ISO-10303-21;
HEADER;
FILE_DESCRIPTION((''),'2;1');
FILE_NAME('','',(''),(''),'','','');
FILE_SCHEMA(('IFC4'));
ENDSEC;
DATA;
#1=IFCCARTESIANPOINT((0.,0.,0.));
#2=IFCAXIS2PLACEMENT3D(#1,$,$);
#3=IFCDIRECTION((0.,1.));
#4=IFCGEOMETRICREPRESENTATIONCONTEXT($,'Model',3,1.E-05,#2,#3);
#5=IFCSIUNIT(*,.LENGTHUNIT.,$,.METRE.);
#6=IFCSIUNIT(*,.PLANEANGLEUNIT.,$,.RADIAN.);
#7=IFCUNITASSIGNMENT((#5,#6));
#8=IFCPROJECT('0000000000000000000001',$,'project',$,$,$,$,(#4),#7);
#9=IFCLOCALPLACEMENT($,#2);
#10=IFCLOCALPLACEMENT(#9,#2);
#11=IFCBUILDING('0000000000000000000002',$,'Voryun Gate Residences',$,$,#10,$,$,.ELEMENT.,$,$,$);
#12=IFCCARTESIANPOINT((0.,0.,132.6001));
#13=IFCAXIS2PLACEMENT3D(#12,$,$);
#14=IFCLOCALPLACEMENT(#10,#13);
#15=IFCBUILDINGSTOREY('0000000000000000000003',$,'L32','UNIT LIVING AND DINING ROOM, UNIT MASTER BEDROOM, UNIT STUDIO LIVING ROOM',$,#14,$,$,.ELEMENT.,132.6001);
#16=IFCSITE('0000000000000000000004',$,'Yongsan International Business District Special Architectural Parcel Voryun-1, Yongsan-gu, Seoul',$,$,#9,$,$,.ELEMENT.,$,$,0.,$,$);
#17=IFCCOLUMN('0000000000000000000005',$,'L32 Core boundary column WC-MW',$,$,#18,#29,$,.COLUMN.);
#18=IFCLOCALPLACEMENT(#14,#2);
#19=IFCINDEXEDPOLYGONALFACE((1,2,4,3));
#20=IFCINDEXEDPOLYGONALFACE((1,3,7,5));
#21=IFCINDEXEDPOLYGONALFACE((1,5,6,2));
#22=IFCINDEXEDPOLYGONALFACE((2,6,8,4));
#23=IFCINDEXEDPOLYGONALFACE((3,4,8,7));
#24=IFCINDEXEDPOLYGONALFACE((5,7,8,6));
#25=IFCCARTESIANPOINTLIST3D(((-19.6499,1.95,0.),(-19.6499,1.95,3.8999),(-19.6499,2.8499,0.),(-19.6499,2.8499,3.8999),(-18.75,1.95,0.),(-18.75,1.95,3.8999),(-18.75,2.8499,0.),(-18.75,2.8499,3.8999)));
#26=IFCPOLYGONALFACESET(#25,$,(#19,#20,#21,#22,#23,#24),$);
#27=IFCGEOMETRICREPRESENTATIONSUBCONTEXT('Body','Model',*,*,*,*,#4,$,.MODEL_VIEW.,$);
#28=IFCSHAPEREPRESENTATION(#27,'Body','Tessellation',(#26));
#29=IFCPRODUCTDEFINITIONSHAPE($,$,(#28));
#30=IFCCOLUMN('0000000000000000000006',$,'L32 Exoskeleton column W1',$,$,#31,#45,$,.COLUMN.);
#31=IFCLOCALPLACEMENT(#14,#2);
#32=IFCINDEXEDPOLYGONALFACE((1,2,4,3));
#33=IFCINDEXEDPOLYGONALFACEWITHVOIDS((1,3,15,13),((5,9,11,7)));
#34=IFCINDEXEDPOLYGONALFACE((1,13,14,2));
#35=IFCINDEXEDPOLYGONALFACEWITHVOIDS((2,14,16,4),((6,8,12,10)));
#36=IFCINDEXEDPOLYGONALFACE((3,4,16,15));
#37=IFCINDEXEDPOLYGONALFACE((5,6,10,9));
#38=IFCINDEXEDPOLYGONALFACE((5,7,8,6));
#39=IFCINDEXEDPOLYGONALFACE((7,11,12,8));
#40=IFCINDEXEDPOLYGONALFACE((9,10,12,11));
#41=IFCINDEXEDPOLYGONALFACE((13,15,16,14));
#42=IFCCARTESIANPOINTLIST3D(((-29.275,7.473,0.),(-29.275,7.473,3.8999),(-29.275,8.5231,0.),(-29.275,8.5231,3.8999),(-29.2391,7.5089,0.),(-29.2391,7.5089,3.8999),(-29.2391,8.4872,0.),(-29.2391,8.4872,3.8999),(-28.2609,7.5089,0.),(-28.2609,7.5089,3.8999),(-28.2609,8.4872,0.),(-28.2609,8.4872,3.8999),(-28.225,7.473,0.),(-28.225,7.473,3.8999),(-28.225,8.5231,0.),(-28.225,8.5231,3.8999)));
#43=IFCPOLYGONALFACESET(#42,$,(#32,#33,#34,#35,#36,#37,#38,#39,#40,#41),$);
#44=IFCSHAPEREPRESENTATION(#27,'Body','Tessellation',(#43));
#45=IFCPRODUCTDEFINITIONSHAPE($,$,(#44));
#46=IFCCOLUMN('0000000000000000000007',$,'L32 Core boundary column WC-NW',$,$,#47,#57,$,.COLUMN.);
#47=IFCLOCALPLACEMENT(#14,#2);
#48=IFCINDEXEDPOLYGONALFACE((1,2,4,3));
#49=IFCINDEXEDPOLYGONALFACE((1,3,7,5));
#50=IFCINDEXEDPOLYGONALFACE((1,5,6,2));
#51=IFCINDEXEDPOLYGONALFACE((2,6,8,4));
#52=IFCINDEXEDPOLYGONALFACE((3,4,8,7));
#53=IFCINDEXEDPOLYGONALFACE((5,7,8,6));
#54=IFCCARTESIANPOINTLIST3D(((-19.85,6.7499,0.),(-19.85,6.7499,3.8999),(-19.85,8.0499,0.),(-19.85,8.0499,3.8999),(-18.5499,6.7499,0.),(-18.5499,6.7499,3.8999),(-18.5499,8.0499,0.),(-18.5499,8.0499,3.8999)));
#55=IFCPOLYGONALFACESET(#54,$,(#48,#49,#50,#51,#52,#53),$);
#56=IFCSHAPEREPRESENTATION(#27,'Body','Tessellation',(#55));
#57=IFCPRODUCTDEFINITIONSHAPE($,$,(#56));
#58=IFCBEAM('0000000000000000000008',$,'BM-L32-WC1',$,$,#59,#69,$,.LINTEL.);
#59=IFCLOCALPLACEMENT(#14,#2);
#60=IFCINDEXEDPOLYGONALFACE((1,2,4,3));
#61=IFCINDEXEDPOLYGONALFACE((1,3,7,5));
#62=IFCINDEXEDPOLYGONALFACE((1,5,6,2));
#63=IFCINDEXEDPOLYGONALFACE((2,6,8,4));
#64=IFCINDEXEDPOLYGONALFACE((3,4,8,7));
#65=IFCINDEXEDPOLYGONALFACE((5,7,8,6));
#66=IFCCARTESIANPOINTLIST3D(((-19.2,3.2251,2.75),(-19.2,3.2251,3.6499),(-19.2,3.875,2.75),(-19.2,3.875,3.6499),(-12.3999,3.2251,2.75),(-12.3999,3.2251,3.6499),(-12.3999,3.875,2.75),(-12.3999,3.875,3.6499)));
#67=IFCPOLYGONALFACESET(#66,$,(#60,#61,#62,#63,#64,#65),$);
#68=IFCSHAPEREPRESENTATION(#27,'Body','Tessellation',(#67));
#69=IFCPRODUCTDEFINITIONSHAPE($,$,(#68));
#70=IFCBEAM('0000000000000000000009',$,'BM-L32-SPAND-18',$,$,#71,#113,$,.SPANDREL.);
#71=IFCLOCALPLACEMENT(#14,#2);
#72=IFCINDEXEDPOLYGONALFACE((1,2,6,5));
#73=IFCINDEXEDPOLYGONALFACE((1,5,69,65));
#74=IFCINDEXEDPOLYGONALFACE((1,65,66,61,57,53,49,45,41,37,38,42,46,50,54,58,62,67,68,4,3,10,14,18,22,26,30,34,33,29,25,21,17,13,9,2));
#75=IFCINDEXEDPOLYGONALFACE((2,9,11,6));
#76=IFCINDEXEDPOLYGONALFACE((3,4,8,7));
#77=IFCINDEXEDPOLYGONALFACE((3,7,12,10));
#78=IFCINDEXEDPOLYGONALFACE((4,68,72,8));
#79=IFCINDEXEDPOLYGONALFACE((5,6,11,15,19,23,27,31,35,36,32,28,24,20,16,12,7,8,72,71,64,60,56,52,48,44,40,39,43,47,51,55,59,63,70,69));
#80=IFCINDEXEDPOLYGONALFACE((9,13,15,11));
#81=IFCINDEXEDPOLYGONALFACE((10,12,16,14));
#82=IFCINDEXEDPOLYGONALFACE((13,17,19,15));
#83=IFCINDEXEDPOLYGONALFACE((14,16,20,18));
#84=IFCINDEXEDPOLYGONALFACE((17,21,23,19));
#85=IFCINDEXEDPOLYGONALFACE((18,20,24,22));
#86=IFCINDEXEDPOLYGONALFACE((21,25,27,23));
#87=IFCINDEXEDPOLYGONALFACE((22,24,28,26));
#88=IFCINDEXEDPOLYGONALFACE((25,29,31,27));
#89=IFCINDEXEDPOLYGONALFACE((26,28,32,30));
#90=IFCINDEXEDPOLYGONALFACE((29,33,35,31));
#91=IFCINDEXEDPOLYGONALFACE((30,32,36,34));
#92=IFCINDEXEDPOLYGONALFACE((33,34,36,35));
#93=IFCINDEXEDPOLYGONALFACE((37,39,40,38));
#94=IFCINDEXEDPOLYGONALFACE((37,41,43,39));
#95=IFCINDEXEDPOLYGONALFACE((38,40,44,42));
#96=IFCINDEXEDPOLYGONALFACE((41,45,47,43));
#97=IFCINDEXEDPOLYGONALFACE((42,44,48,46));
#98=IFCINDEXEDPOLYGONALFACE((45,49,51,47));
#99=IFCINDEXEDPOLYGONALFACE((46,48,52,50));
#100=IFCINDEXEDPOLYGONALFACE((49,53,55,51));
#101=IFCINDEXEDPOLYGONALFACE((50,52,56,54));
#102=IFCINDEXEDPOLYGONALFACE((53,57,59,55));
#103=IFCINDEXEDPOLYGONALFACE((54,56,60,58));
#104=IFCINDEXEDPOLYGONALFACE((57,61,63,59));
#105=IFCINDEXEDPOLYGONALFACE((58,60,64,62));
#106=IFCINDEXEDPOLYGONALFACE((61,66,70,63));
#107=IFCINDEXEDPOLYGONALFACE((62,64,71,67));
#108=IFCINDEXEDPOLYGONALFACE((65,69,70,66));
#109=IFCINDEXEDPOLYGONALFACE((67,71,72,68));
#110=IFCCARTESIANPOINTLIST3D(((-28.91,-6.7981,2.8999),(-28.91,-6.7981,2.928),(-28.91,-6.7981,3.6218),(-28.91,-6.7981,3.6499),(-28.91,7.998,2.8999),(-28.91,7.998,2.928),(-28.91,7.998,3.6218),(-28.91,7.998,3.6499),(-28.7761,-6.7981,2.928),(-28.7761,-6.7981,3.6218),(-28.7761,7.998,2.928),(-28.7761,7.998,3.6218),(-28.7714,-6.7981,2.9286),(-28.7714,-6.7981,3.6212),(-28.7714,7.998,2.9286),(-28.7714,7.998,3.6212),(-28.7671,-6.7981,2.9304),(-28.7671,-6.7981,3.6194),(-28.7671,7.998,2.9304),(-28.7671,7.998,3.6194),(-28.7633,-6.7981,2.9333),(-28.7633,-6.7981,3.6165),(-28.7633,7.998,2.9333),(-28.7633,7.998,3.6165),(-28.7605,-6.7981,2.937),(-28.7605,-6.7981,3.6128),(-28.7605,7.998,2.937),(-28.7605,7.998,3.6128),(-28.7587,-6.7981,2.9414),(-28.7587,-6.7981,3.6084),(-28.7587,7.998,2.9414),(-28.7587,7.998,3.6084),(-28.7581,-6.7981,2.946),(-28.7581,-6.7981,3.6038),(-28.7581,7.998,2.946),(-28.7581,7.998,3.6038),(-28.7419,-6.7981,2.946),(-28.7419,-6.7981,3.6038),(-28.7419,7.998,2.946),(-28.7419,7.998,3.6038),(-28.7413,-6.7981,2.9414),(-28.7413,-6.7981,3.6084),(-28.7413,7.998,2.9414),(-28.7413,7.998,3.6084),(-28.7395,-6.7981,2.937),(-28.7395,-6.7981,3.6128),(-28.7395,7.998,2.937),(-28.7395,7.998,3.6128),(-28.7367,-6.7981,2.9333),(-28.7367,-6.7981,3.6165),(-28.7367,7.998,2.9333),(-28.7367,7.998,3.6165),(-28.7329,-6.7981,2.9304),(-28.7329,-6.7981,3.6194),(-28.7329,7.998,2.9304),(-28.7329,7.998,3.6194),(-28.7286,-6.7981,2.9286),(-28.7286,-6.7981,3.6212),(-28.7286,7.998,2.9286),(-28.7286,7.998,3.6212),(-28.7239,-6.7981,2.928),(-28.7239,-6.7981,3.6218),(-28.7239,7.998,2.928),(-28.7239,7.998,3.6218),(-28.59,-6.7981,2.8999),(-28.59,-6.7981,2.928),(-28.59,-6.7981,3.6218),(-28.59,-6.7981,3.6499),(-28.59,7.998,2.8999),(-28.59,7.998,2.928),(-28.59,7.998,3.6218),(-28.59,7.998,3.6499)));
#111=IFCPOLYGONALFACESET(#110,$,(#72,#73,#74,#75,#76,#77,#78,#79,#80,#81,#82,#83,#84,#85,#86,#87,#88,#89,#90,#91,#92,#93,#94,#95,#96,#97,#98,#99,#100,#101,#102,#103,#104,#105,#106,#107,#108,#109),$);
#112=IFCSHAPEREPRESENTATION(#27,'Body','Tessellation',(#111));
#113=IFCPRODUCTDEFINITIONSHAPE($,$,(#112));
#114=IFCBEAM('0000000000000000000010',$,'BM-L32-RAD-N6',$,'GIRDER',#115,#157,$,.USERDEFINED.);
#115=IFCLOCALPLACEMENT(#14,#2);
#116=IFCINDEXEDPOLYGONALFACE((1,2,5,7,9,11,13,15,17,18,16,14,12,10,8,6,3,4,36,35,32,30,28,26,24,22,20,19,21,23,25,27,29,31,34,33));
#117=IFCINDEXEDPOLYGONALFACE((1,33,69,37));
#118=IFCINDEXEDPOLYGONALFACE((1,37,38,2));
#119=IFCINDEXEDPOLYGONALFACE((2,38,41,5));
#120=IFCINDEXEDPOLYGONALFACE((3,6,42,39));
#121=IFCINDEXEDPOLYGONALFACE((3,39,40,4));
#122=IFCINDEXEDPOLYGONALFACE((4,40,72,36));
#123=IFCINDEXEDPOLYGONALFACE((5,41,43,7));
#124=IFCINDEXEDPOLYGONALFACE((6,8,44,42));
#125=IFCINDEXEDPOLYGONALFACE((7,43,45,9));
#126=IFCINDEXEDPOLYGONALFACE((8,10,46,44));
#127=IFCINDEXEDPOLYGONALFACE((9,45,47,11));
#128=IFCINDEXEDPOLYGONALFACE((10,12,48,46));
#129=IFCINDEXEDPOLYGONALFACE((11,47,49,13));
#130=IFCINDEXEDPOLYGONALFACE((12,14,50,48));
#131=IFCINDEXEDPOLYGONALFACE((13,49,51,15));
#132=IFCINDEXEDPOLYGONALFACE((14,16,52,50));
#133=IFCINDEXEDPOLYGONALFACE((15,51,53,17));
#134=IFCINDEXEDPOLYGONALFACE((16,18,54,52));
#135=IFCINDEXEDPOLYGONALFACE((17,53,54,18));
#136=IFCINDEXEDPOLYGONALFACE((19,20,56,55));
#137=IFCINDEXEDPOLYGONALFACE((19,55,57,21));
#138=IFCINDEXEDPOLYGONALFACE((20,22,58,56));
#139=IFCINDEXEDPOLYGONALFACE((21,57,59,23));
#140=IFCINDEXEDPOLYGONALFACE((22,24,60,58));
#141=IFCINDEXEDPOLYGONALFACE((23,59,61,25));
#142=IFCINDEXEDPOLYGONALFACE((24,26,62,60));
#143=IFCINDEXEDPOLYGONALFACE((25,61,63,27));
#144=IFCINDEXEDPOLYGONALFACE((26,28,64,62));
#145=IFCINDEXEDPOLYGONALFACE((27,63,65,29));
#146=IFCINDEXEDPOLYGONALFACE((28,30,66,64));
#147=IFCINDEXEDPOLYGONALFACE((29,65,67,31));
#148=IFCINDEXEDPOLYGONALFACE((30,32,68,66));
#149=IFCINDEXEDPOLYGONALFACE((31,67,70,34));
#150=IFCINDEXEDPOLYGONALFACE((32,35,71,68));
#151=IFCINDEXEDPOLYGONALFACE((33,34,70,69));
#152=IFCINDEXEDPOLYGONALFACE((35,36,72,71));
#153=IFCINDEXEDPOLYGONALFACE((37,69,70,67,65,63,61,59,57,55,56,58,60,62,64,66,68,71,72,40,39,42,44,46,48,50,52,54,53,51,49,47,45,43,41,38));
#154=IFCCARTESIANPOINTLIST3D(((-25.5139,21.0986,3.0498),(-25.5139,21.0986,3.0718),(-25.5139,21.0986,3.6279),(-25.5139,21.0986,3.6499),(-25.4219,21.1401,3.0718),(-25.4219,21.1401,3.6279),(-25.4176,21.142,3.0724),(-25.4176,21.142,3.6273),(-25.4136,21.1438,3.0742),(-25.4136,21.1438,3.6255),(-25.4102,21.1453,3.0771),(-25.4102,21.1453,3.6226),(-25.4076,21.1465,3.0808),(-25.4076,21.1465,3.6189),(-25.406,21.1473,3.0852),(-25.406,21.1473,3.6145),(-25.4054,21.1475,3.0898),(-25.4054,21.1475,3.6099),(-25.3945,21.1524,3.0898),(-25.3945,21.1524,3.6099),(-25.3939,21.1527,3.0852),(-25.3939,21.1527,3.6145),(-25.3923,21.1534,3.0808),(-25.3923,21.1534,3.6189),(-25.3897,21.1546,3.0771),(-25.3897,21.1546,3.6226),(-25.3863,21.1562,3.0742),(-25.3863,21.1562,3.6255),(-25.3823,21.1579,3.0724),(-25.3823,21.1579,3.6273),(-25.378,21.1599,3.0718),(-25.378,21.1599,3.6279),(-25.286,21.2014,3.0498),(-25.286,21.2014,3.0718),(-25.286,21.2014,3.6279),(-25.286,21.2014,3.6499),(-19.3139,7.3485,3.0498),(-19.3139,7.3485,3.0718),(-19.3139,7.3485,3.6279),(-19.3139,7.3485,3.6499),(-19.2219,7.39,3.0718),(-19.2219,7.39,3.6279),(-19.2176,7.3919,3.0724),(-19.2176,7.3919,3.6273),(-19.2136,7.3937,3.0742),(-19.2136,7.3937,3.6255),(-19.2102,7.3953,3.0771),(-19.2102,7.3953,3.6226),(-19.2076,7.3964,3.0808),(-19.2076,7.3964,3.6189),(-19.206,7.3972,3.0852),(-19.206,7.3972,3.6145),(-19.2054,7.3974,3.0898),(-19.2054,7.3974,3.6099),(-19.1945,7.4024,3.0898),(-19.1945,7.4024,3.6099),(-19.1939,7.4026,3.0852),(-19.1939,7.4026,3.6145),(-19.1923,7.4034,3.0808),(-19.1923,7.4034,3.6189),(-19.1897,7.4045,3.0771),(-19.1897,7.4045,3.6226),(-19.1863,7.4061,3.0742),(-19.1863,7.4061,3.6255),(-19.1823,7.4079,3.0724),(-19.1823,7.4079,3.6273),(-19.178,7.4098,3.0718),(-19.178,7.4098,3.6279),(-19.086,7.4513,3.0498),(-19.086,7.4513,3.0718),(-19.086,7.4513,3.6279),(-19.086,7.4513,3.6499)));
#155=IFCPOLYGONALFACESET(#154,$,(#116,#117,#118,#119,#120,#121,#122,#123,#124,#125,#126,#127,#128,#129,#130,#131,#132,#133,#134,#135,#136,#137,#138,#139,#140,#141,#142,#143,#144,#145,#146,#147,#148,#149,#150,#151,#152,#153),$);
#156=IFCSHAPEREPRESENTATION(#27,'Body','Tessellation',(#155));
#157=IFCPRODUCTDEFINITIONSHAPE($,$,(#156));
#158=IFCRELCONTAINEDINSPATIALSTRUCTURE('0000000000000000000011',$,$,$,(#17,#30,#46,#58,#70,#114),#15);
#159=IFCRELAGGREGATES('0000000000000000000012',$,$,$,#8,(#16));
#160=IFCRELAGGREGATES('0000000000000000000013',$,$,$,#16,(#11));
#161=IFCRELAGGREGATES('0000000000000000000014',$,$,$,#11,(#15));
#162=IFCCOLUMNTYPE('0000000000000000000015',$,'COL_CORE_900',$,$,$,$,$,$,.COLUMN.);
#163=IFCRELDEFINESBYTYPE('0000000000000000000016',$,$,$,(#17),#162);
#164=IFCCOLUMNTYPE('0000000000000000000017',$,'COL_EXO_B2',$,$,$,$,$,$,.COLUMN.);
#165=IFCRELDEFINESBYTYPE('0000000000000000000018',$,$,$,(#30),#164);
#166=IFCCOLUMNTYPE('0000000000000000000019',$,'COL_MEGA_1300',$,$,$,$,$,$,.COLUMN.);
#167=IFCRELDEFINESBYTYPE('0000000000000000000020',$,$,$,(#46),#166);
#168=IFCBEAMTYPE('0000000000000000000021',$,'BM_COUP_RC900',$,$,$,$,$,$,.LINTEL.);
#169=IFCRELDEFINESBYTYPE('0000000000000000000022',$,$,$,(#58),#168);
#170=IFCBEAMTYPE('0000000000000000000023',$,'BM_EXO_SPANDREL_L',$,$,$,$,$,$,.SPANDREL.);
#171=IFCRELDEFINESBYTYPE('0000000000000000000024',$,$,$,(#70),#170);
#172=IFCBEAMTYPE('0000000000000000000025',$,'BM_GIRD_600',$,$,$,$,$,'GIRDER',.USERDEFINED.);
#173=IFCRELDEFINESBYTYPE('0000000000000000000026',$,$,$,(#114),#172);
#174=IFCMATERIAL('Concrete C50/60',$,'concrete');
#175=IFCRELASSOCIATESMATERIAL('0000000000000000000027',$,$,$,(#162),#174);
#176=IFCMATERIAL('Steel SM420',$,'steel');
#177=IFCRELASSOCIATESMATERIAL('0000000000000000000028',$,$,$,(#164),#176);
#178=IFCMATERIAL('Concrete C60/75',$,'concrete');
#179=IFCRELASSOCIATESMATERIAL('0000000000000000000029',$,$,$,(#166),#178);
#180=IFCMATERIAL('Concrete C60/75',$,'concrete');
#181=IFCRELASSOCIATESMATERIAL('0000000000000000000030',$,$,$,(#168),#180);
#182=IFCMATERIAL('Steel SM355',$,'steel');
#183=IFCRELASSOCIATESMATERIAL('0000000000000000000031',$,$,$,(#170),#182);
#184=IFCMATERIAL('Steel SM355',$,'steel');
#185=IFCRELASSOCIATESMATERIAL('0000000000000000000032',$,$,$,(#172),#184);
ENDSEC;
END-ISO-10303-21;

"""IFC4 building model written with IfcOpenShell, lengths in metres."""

from ifc_helpers import new_model, si_unit, direction, frame, origin, origin_2d, place, context, subcontext, project, spatial, rectangle, hollow_rectangle, i_section, extrude, material, material_profile, profile_set, type_object, element, save


model = new_model("IFC4")

# Units and contexts
model_context = context("Model", 3, precision=1e-05, world=origin(), true_north=direction((0.0, 1.0)))
body_context = subcontext(model_context, "Body", "Model", "MODEL_VIEW")
ifc_project = project(units=[si_unit("LENGTHUNIT", "METRE"), si_unit("PLANEANGLEUNIT", "RADIAN")], contexts=[model_context])

# Site, building, storey
site_placement = place(None, origin())
site = spatial("IfcSite", under=ifc_project, at=site_placement, Name="Yongsan International Business District Special Architectural Parcel Voryun-1, Yongsan-gu, Seoul", CompositionType="ELEMENT", RefElevation=0.0)
building_placement = place(site_placement, origin())
building = spatial("IfcBuilding", under=site, at=building_placement, Name="Voryun Gate Residences", CompositionType="ELEMENT")
storey_placement = place(building_placement, frame((0.0, 0.0, 132.6001)))
storey = spatial("IfcBuildingStorey", under=building, at=storey_placement, Name="L32", Description="UNIT LIVING AND DINING ROOM, UNIT MASTER BEDROOM, UNIT STUDIO LIVING ROOM", CompositionType="ELEMENT", Elevation=132.6001)

# Columns
ifc_material_1 = material(Name="Concrete C50/60", Category="concrete")
ifc_material_profile_1 = material_profile(ifc_material_1, rectangle(XDim=0.8999, YDim=0.8999, at=origin_2d()), Name="RC-900x900")
ifc_profile_set_1 = profile_set([ifc_material_profile_1], Name="Concrete C50/60")
column_type_1 = type_object("IfcColumnType", Name="COL_CORE_900", PredefinedType="COLUMN", material=ifc_profile_set_1)
column_1_placement = place(storey_placement, frame((-19.2, 2.3999, 0.0), z_axis=(0.0, 0.0, 1.0), x_axis=(1.0, 0.0, 0.0)))
element("IfcColumn", 1, at=column_1_placement, inside=storey, type_object=column_type_1, Name="L32 Core boundary column WC-MW", PredefinedType="COLUMN", context=body_context, shape_type="SweptSolid", body=[
    extrude(rectangle(XDim=0.8999, YDim=0.8999, at=origin_2d()), origin(), (0.0, 0.0, 1.0), 3.8999),
])
ifc_material_2 = material(Name="Steel SM420", Category="steel")
ifc_material_profile_2 = material_profile(ifc_material_2, hollow_rectangle(XDim=1.05, YDim=1.05, WallThickness=0.0359, at=origin_2d()), Name="BOX-1050x1050x36")
ifc_profile_set_2 = profile_set([ifc_material_profile_2], Name="Steel SM420")
column_type_2 = type_object("IfcColumnType", Name="COL_EXO_B2", PredefinedType="COLUMN", material=ifc_profile_set_2)
column_2_placement = place(storey_placement, frame((-28.75, 7.998, 0.0), z_axis=(0.0, 0.0, 1.0), x_axis=(1.0, 0.0, 0.0)))
element("IfcColumn", 2, at=column_2_placement, inside=storey, type_object=column_type_2, Name="L32 Exoskeleton column W1", PredefinedType="COLUMN", context=body_context, shape_type="SweptSolid", body=[
    extrude(hollow_rectangle(XDim=1.05, YDim=1.05, WallThickness=0.0359, at=origin_2d()), origin(), (0.0, 0.0, 1.0), 3.8999),
])
ifc_material_3 = material(Name="Concrete C60/75", Category="concrete")
ifc_material_profile_3 = material_profile(ifc_material_3, rectangle(XDim=1.3, YDim=1.3, at=origin_2d()), Name="RC-1300x1300")
ifc_profile_set_3 = profile_set([ifc_material_profile_3], Name="Concrete C60/75")
column_type_3 = type_object("IfcColumnType", Name="COL_MEGA_1300", PredefinedType="COLUMN", material=ifc_profile_set_3)
column_3_placement = place(storey_placement, frame((-19.2, 7.3999, 0.0), z_axis=(0.0, 0.0, 1.0), x_axis=(1.0, 0.0, 0.0)))
element("IfcColumn", 3, at=column_3_placement, inside=storey, type_object=column_type_3, Name="L32 Core boundary column WC-NW", PredefinedType="COLUMN", context=body_context, shape_type="SweptSolid", body=[
    extrude(rectangle(XDim=1.3, YDim=1.3, at=origin_2d()), origin(), (0.0, 0.0, 1.0), 3.8999),
])

# Beams
ifc_material_4 = material(Name="Concrete C60/75", Category="concrete")
ifc_material_profile_4 = material_profile(ifc_material_4, rectangle(XDim=0.6499, YDim=0.8999, at=origin_2d()), Name="RC-650x900")
ifc_profile_set_4 = profile_set([ifc_material_profile_4], Name="Concrete C60/75")
beam_type_1 = type_object("IfcBeamType", Name="BM_COUP_RC900", PredefinedType="LINTEL", material=ifc_profile_set_4)
beam_1_placement = place(storey_placement, frame((-19.2, 3.55, 3.2), z_axis=(1.0, 0.0, 0.0), x_axis=(0.0, 1.0, 0.0)))
element("IfcBeam", 4, at=beam_1_placement, inside=storey, type_object=beam_type_1, Name="BM-L32-WC1", PredefinedType="LINTEL", context=body_context, shape_type="SweptSolid", body=[
    extrude(rectangle(XDim=0.6499, YDim=0.8999, at=origin_2d()), origin(), (0.0, 0.0, 1.0), 6.8),
])
ifc_material_5 = material(Name="Steel SM355", Category="steel")
ifc_material_profile_5 = material_profile(ifc_material_5, i_section(OverallWidth=0.3201, OverallDepth=0.75, WebThickness=0.0161, FlangeThickness=0.0281, FilletRadius=0.0181, at=origin_2d()), Name="H-750x320x16x28")
ifc_profile_set_5 = profile_set([ifc_material_profile_5], Name="Steel SM355")
beam_type_2 = type_object("IfcBeamType", Name="BM_EXO_SPANDREL_L", PredefinedType="SPANDREL", material=ifc_profile_set_5)
beam_2_placement = place(storey_placement, frame((-28.75, 7.998, 3.2749), z_axis=(0.0, -1.0, 0.0), x_axis=(1.0, 0.0, 0.0)))
element("IfcBeam", 5, at=beam_2_placement, inside=storey, type_object=beam_type_2, Name="BM-L32-SPAND-18", PredefinedType="SPANDREL", context=body_context, shape_type="SweptSolid", body=[
    extrude(i_section(OverallWidth=0.3201, OverallDepth=0.75, WebThickness=0.0161, FlangeThickness=0.0281, FilletRadius=0.0181, at=origin_2d()), origin(), (0.0, 0.0, 1.0), 14.7961),
])
ifc_material_6 = material(Name="Steel SM355", Category="steel")
ifc_material_profile_6 = material_profile(ifc_material_6, i_section(OverallWidth=0.25, OverallDepth=0.6001, WebThickness=0.012, FlangeThickness=0.022, FilletRadius=0.0181, at=origin_2d()), Name="H-600x250x12x22")
ifc_profile_set_6 = profile_set([ifc_material_profile_6], Name="Steel SM355")
beam_type_3 = type_object("IfcBeamType", Name="BM_GIRD_600", ElementType="GIRDER", PredefinedType="USERDEFINED", material=ifc_profile_set_6)
beam_3_placement = place(storey_placement, frame((-19.2, 7.3999, 3.3499), z_axis=(-0.411051, 0.911612, 0.0), x_axis=(-0.911612, -0.411051, 0.0)))
element("IfcBeam", 6, at=beam_3_placement, inside=storey, type_object=beam_type_3, Name="BM-L32-RAD-N6", ObjectType="GIRDER", PredefinedType="USERDEFINED", context=body_context, shape_type="SweptSolid", body=[
    extrude(i_section(OverallWidth=0.25, OverallDepth=0.6001, WebThickness=0.012, FlangeThickness=0.022, FilletRadius=0.0181, at=origin_2d()), origin(), (0.0, 0.0, 1.0), 15.0833),
])

save(model, "model.ifc")
